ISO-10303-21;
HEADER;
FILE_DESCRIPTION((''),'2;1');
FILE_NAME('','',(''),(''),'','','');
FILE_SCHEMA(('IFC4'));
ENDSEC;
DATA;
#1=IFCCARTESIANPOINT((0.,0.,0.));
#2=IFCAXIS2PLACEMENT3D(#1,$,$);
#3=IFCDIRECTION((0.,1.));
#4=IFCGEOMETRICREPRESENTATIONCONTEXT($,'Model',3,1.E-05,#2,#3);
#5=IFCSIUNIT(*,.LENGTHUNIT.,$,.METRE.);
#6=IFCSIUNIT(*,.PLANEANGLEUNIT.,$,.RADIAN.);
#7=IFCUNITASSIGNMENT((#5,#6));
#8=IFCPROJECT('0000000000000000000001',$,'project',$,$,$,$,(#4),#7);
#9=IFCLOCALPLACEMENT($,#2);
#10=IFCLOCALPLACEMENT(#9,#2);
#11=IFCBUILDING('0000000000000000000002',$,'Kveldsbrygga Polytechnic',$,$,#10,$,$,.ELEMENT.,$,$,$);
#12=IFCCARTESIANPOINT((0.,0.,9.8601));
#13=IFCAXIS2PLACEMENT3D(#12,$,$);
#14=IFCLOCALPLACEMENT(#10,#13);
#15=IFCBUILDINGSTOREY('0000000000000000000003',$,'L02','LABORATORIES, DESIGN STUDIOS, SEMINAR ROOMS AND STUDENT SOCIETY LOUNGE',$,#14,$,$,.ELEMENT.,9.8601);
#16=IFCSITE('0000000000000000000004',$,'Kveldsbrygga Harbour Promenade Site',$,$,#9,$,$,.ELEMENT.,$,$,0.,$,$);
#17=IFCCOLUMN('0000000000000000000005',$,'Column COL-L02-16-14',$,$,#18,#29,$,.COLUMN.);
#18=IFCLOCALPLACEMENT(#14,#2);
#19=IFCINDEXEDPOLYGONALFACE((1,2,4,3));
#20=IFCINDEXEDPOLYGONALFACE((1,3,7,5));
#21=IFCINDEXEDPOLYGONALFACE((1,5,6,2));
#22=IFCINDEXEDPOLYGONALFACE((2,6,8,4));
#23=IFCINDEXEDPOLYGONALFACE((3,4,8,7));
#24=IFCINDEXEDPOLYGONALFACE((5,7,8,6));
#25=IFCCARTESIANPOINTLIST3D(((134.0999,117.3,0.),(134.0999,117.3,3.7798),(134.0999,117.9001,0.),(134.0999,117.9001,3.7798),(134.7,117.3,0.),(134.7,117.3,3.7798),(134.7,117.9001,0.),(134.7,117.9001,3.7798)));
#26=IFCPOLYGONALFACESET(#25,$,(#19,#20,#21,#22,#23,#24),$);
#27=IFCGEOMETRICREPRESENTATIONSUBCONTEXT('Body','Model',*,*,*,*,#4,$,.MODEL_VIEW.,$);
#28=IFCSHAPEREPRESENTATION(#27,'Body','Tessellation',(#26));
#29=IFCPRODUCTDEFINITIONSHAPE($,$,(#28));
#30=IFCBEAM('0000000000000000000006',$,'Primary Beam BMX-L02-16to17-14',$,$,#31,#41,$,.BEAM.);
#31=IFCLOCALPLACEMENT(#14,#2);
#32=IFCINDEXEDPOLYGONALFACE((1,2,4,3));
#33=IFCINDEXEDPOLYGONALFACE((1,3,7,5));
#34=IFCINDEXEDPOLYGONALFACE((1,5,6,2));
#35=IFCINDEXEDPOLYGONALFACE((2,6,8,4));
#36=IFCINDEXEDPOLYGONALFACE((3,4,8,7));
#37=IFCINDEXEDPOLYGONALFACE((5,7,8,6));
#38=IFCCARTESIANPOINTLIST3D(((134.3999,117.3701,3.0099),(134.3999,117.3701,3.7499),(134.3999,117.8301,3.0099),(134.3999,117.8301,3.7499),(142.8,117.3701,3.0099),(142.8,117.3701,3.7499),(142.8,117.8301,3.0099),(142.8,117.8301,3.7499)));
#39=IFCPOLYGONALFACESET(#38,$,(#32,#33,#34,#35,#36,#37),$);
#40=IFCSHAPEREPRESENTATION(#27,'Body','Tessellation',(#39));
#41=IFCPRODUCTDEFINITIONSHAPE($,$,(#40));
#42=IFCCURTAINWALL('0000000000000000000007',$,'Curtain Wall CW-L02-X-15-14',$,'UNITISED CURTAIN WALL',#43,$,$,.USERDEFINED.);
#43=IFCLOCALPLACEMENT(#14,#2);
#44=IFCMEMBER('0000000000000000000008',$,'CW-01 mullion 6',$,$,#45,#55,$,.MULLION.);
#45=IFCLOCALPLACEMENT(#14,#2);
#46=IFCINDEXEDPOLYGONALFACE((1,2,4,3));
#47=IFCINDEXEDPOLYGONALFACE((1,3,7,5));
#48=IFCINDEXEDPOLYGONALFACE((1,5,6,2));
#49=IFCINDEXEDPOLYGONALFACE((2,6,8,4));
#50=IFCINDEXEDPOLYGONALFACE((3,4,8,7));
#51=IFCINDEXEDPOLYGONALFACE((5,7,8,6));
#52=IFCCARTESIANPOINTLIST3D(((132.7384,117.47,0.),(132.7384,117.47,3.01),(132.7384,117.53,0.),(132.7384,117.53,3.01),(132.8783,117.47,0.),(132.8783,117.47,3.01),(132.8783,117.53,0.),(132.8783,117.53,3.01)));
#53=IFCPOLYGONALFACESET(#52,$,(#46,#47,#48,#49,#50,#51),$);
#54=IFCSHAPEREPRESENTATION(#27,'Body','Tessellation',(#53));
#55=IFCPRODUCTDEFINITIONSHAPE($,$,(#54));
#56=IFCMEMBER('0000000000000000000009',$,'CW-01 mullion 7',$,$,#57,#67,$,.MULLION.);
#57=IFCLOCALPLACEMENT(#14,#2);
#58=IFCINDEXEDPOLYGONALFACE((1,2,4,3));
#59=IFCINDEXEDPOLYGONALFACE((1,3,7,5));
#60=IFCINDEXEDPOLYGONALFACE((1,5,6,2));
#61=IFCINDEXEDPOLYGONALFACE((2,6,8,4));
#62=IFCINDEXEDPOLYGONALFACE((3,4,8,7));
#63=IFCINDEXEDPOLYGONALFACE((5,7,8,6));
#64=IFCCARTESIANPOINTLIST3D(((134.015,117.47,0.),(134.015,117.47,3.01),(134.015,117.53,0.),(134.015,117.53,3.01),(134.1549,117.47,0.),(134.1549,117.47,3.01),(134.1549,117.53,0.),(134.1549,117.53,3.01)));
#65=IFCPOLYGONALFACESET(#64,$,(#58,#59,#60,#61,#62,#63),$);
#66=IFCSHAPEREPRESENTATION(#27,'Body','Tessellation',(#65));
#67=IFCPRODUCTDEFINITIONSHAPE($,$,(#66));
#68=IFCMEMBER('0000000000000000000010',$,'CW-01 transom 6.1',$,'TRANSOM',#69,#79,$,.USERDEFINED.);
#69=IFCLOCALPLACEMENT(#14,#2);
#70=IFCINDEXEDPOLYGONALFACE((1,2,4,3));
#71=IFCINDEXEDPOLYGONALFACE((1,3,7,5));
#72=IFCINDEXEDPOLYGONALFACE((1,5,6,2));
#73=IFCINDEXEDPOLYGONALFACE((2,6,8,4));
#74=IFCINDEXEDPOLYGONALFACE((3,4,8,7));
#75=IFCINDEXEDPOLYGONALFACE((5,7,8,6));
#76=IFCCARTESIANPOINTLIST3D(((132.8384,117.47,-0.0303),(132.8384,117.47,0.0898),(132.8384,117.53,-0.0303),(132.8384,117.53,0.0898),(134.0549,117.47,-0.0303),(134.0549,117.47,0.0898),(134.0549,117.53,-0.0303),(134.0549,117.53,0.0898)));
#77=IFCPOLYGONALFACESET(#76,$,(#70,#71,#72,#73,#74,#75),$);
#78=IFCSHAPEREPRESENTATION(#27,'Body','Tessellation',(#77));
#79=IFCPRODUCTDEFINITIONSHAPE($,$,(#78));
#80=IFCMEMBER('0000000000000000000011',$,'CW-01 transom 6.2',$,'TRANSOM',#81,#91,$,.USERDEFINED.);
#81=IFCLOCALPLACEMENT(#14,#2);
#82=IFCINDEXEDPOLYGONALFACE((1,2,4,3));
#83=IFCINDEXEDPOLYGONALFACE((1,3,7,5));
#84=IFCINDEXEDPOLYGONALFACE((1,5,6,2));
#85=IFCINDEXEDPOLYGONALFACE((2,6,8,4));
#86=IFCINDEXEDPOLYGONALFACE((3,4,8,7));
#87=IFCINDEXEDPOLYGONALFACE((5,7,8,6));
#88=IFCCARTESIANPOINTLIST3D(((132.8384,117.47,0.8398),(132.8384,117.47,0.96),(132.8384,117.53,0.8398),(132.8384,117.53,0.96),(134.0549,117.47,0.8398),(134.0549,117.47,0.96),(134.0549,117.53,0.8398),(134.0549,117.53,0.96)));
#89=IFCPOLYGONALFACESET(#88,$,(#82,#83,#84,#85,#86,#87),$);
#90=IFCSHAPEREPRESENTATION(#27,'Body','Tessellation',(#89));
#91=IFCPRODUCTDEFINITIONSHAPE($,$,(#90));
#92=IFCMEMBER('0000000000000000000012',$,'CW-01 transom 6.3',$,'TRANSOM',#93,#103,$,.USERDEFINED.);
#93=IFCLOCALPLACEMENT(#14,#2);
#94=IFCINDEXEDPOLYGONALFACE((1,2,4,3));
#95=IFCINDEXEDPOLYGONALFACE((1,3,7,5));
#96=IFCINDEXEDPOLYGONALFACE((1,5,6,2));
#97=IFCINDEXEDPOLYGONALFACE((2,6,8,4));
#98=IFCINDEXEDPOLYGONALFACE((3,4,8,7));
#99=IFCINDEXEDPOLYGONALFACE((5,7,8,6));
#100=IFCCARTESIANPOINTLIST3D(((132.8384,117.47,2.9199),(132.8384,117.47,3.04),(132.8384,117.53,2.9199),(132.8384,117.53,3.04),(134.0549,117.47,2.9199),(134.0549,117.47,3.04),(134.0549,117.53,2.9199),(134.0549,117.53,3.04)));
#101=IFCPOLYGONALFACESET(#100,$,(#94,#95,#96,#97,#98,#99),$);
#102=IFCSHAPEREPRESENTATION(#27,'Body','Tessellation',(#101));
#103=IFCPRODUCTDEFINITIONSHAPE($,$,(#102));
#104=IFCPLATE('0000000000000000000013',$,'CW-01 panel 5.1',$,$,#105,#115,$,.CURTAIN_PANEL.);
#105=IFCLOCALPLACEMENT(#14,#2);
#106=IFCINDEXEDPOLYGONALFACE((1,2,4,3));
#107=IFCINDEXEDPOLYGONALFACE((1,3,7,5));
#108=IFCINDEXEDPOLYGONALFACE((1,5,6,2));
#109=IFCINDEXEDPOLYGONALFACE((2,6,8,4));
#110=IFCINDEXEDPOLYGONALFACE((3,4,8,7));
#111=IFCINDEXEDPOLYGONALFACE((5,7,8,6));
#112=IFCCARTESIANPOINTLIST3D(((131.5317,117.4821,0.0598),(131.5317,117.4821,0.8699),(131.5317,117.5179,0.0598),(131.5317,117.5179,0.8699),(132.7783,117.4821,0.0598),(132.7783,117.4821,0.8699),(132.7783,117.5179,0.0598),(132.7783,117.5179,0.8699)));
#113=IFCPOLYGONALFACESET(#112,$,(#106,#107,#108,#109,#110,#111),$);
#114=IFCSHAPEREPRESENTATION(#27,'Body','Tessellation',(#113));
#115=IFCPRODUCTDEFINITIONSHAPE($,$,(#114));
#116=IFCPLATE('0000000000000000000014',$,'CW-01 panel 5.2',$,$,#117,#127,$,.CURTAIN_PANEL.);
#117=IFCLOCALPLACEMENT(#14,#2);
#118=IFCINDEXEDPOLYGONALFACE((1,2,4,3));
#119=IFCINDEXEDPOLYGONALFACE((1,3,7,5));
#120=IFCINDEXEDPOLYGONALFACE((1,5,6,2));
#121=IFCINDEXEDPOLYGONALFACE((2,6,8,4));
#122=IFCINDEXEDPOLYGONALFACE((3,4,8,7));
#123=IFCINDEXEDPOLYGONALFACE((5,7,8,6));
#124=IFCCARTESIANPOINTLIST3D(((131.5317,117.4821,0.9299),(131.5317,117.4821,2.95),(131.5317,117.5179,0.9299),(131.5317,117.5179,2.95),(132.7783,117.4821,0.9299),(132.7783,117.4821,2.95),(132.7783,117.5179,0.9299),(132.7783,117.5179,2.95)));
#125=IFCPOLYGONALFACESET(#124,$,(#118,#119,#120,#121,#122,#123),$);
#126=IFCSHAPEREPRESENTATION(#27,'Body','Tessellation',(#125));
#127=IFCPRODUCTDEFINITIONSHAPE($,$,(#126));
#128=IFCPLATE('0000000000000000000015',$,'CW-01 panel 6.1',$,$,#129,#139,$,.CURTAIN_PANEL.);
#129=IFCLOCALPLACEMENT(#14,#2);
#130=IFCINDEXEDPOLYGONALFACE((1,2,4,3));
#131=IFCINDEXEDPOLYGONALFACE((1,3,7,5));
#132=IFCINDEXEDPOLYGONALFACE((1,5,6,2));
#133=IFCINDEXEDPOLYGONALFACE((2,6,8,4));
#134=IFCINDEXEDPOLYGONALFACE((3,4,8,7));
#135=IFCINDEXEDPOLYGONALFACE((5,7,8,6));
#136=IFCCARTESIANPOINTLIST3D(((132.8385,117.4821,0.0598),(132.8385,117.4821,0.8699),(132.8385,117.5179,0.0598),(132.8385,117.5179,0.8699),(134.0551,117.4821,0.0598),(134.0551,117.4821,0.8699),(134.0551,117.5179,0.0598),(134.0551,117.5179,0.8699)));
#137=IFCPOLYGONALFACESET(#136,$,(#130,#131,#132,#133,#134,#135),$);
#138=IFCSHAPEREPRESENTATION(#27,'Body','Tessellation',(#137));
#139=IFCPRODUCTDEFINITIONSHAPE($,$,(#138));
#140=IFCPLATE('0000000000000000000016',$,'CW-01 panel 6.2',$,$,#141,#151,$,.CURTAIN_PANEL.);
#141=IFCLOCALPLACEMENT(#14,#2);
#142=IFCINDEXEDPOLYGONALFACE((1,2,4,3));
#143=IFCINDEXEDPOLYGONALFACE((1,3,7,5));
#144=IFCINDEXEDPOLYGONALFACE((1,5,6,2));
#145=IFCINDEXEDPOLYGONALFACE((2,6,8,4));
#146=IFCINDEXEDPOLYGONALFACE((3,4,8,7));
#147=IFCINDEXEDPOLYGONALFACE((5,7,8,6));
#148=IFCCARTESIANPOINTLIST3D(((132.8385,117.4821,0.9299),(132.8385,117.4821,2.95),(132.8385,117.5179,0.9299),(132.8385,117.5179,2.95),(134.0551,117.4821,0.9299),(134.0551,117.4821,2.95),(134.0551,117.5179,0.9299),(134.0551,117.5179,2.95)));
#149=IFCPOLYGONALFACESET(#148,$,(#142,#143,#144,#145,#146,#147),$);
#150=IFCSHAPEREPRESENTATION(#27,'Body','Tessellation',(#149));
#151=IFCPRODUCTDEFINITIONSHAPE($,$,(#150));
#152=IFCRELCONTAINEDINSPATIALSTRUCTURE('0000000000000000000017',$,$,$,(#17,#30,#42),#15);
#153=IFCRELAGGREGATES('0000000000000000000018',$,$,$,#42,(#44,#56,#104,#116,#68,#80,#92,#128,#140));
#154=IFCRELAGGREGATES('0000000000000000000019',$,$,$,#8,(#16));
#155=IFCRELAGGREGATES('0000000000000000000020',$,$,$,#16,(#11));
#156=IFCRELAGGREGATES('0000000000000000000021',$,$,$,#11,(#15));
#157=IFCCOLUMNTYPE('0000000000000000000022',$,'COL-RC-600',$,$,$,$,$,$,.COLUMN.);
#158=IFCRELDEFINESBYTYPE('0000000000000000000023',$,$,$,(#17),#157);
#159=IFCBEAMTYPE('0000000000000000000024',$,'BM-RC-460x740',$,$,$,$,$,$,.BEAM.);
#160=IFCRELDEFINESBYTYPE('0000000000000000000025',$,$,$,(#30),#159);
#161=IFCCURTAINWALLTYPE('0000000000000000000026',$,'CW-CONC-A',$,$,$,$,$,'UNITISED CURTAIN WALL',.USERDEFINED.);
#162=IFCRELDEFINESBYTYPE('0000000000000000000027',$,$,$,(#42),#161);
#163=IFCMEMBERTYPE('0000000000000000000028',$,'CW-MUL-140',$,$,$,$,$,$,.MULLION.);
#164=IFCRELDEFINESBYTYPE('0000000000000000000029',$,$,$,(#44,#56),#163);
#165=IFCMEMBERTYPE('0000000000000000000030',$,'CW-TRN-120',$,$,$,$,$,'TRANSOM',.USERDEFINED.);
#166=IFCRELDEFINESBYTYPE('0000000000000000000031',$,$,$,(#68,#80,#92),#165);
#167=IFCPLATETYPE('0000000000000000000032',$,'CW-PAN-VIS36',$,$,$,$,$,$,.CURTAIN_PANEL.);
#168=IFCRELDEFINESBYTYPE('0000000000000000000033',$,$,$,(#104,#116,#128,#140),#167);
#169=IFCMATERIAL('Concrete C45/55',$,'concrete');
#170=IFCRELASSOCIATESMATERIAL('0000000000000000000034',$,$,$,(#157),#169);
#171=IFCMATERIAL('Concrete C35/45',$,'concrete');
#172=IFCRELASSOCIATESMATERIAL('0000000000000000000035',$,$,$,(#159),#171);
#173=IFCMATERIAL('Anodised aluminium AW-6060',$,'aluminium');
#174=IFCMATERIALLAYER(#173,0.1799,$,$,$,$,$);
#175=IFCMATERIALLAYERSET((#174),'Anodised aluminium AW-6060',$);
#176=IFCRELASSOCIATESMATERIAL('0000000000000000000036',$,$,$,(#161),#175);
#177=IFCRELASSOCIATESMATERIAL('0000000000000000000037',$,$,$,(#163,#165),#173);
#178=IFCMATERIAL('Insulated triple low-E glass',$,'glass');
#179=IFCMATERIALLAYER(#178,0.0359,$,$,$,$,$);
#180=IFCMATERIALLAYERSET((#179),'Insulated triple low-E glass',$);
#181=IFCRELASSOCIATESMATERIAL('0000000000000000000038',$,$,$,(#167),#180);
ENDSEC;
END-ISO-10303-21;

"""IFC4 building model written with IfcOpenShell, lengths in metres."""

from ifc_helpers import new_model, si_unit, direction, frame, origin, origin_2d, place, context, subcontext, project, spatial, rectangle, extrude, material, layer, layer_set, material_profile, profile_set, type_object, element, aggregate, save


model = new_model("IFC4")

# Units and contexts
model_context = context("Model", 3, precision=1e-05, world=origin(), true_north=direction((0.0, 1.0)))
body_context = subcontext(model_context, "Body", "Model", "MODEL_VIEW")
ifc_project = project(units=[si_unit("LENGTHUNIT", "METRE"), si_unit("PLANEANGLEUNIT", "RADIAN")], contexts=[model_context])

# Site, building, storey
site_placement = place(None, origin())
site = spatial("IfcSite", under=ifc_project, at=site_placement, Name="Kveldsbrygga Harbour Promenade Site", CompositionType="ELEMENT", RefElevation=0.0)
building_placement = place(site_placement, origin())
building = spatial("IfcBuilding", under=site, at=building_placement, Name="Kveldsbrygga Polytechnic", CompositionType="ELEMENT")
storey_placement = place(building_placement, frame((0.0, 0.0, 9.8601)))
storey = spatial("IfcBuildingStorey", under=building, at=storey_placement, Name="L02", Description="LABORATORIES, DESIGN STUDIOS, SEMINAR ROOMS AND STUDENT SOCIETY LOUNGE", CompositionType="ELEMENT", Elevation=9.8601)

# Column
ifc_material_1 = material(Name="Concrete C45/55", Category="concrete")
ifc_material_profile_1 = material_profile(ifc_material_1, rectangle(XDim=0.6001, YDim=0.6001, at=origin_2d()), Name="RC 600x600")
ifc_profile_set_1 = profile_set([ifc_material_profile_1], Name="Concrete C45/55")
column_type = type_object("IfcColumnType", Name="COL-RC-600", PredefinedType="COLUMN", material=ifc_profile_set_1)
column_placement = place(storey_placement, frame((134.3999, 117.6001, 0.0), z_axis=(0.0, 0.0, 1.0), x_axis=(1.0, 0.0, 0.0)))
element("IfcColumn", 1, at=column_placement, inside=storey, type_object=column_type, Name="Column COL-L02-16-14", PredefinedType="COLUMN", context=body_context, shape_type="SweptSolid", body=[
    extrude(rectangle(XDim=0.6001, YDim=0.6001, at=origin_2d()), origin(), (0.0, 0.0, 1.0), 3.7798),
])

# Beam
ifc_material_2 = material(Name="Concrete C35/45", Category="concrete")
ifc_material_profile_2 = material_profile(ifc_material_2, rectangle(XDim=0.46, YDim=0.74, at=origin_2d()), Name="RC 460x740")
ifc_profile_set_2 = profile_set([ifc_material_profile_2], Name="Concrete C35/45")
beam_type = type_object("IfcBeamType", Name="BM-RC-460x740", PredefinedType="BEAM", material=ifc_profile_set_2)
beam_placement = place(storey_placement, frame((134.3999, 117.6001, 3.3799), z_axis=(1.0, 0.0, 0.0), x_axis=(0.0, 1.0, 0.0)))
element("IfcBeam", 2, at=beam_placement, inside=storey, type_object=beam_type, Name="Primary Beam BMX-L02-16to17-14", PredefinedType="BEAM", context=body_context, shape_type="SweptSolid", body=[
    extrude(rectangle(XDim=0.46, YDim=0.74, at=origin_2d()), origin(), (0.0, 0.0, 1.0), 8.4001),
])

# Curtain wall, members, plates
ifc_material_3 = material(Name="Anodised aluminium AW-6060", Category="aluminium")
ifc_layer_1 = layer(ifc_material_3, 0.1799)
ifc_layer_set_1 = layer_set([ifc_layer_1], Name="Anodised aluminium AW-6060")
curtain_wall_type = type_object("IfcCurtainWallType", Name="CW-CONC-A", ElementType="UNITISED CURTAIN WALL", PredefinedType="USERDEFINED", material=ifc_layer_set_1)
curtain_wall_placement = place(storey_placement, origin())
curtain_wall = element("IfcCurtainWall", 3, at=curtain_wall_placement, inside=storey, type_object=curtain_wall_type, Name="Curtain Wall CW-L02-X-15-14", ObjectType="UNITISED CURTAIN WALL", PredefinedType="USERDEFINED")
ifc_material_profile_3 = material_profile(ifc_material_3, rectangle(XDim=0.0601, YDim=0.1399, at=origin_2d()), Name="ALU 60x140")
ifc_profile_set_3 = profile_set([ifc_material_profile_3], Name="Anodised aluminium AW-6060")
member_type_1 = type_object("IfcMemberType", Name="CW-MUL-140", PredefinedType="MULLION", material=ifc_profile_set_3)
member_1_placement = place(storey_placement, frame((132.8083, 117.5, 0.0), z_axis=(0.0, 0.0, 1.0), x_axis=(0.0, 1.0, 0.0)))
member_1 = element("IfcMember", 4, at=member_1_placement, type_object=member_type_1, Name="CW-01 mullion 6", PredefinedType="MULLION", context=body_context, shape_type="SweptSolid", body=[
    extrude(rectangle(XDim=0.0601, YDim=0.1399, at=origin_2d()), origin(), (0.0, 0.0, 1.0), 3.01),
])
member_2_placement = place(storey_placement, frame((134.085, 117.5, 0.0), z_axis=(0.0, 0.0, 1.0), x_axis=(0.0, 1.0, 0.0)))
member_2 = element("IfcMember", 5, at=member_2_placement, type_object=member_type_1, Name="CW-01 mullion 7", PredefinedType="MULLION", context=body_context, shape_type="SweptSolid", body=[
    extrude(rectangle(XDim=0.0601, YDim=0.1399, at=origin_2d()), origin(), (0.0, 0.0, 1.0), 3.01),
])
ifc_material_profile_4 = material_profile(ifc_material_3, rectangle(XDim=0.0601, YDim=0.1201, at=origin_2d()), Name="ALU 60x120")
ifc_profile_set_4 = profile_set([ifc_material_profile_4], Name="Anodised aluminium AW-6060")
member_type_2 = type_object("IfcMemberType", Name="CW-TRN-120", ElementType="TRANSOM", PredefinedType="USERDEFINED", material=ifc_profile_set_4)
member_3_placement = place(storey_placement, frame((132.8384, 117.5, 0.0298), z_axis=(1.0, 0.0, 0.0), x_axis=(0.0, 1.0, 0.0)))
member_3 = element("IfcMember", 6, at=member_3_placement, type_object=member_type_2, Name="CW-01 transom 6.1", ObjectType="TRANSOM", PredefinedType="USERDEFINED", context=body_context, shape_type="SweptSolid", body=[
    extrude(rectangle(XDim=0.0601, YDim=0.1201, at=origin_2d()), origin(), (0.0, 0.0, 1.0), 1.2166),
])
member_4_placement = place(storey_placement, frame((132.8384, 117.5, 0.8999), z_axis=(1.0, 0.0, 0.0), x_axis=(0.0, 1.0, 0.0)))
member_4 = element("IfcMember", 7, at=member_4_placement, type_object=member_type_2, Name="CW-01 transom 6.2", ObjectType="TRANSOM", PredefinedType="USERDEFINED", context=body_context, shape_type="SweptSolid", body=[
    extrude(rectangle(XDim=0.0601, YDim=0.1201, at=origin_2d()), origin(), (0.0, 0.0, 1.0), 1.2166),
])
member_5_placement = place(storey_placement, frame((132.8384, 117.5, 2.98), z_axis=(1.0, 0.0, 0.0), x_axis=(0.0, 1.0, 0.0)))
member_5 = element("IfcMember", 8, at=member_5_placement, type_object=member_type_2, Name="CW-01 transom 6.3", ObjectType="TRANSOM", PredefinedType="USERDEFINED", context=body_context, shape_type="SweptSolid", body=[
    extrude(rectangle(XDim=0.0601, YDim=0.1201, at=origin_2d()), origin(), (0.0, 0.0, 1.0), 1.2166),
])
ifc_material_4 = material(Name="Insulated triple low-E glass", Category="glass")
ifc_layer_2 = layer(ifc_material_4, 0.0359)
ifc_layer_set_2 = layer_set([ifc_layer_2], Name="Insulated triple low-E glass")
plate_type = type_object("IfcPlateType", Name="CW-PAN-VIS36", PredefinedType="CURTAIN_PANEL", material=ifc_layer_set_2)
plate_1_placement = place(storey_placement, frame((132.155, 117.5, 0.0598), z_axis=(0.0, 0.0, 1.0), x_axis=(1.0, 0.0, 0.0)))
plate_1 = element("IfcPlate", 9, at=plate_1_placement, type_object=plate_type, Name="CW-01 panel 5.1", PredefinedType="CURTAIN_PANEL", context=body_context, shape_type="SweptSolid", body=[
    extrude(rectangle(XDim=1.2466, YDim=0.0359, at=origin_2d()), origin(), (0.0, 0.0, 1.0), 0.8101),
])
plate_2_placement = place(storey_placement, frame((132.155, 117.5, 0.9299), z_axis=(0.0, 0.0, 1.0), x_axis=(1.0, 0.0, 0.0)))
plate_2 = element("IfcPlate", 10, at=plate_2_placement, type_object=plate_type, Name="CW-01 panel 5.2", PredefinedType="CURTAIN_PANEL", context=body_context, shape_type="SweptSolid", body=[
    extrude(rectangle(XDim=1.2466, YDim=0.0359, at=origin_2d()), origin(), (0.0, 0.0, 1.0), 2.02),
])
plate_3_placement = place(storey_placement, frame((133.4468, 117.5, 0.0598), z_axis=(0.0, 0.0, 1.0), x_axis=(1.0, 0.0, 0.0)))
plate_3 = element("IfcPlate", 11, at=plate_3_placement, type_object=plate_type, Name="CW-01 panel 6.1", PredefinedType="CURTAIN_PANEL", context=body_context, shape_type="SweptSolid", body=[
    extrude(rectangle(XDim=1.2166, YDim=0.0359, at=origin_2d()), origin(), (0.0, 0.0, 1.0), 0.8101),
])
plate_4_placement = place(storey_placement, frame((133.4468, 117.5, 0.9299), z_axis=(0.0, 0.0, 1.0), x_axis=(1.0, 0.0, 0.0)))
plate_4 = element("IfcPlate", 12, at=plate_4_placement, type_object=plate_type, Name="CW-01 panel 6.2", PredefinedType="CURTAIN_PANEL", context=body_context, shape_type="SweptSolid", body=[
    extrude(rectangle(XDim=1.2166, YDim=0.0359, at=origin_2d()), origin(), (0.0, 0.0, 1.0), 2.02),
])
aggregate(curtain_wall, [member_1, member_2, plate_1, plate_2, member_3, member_4, member_5, plate_3, plate_4])

save(model, "model.ifc")
